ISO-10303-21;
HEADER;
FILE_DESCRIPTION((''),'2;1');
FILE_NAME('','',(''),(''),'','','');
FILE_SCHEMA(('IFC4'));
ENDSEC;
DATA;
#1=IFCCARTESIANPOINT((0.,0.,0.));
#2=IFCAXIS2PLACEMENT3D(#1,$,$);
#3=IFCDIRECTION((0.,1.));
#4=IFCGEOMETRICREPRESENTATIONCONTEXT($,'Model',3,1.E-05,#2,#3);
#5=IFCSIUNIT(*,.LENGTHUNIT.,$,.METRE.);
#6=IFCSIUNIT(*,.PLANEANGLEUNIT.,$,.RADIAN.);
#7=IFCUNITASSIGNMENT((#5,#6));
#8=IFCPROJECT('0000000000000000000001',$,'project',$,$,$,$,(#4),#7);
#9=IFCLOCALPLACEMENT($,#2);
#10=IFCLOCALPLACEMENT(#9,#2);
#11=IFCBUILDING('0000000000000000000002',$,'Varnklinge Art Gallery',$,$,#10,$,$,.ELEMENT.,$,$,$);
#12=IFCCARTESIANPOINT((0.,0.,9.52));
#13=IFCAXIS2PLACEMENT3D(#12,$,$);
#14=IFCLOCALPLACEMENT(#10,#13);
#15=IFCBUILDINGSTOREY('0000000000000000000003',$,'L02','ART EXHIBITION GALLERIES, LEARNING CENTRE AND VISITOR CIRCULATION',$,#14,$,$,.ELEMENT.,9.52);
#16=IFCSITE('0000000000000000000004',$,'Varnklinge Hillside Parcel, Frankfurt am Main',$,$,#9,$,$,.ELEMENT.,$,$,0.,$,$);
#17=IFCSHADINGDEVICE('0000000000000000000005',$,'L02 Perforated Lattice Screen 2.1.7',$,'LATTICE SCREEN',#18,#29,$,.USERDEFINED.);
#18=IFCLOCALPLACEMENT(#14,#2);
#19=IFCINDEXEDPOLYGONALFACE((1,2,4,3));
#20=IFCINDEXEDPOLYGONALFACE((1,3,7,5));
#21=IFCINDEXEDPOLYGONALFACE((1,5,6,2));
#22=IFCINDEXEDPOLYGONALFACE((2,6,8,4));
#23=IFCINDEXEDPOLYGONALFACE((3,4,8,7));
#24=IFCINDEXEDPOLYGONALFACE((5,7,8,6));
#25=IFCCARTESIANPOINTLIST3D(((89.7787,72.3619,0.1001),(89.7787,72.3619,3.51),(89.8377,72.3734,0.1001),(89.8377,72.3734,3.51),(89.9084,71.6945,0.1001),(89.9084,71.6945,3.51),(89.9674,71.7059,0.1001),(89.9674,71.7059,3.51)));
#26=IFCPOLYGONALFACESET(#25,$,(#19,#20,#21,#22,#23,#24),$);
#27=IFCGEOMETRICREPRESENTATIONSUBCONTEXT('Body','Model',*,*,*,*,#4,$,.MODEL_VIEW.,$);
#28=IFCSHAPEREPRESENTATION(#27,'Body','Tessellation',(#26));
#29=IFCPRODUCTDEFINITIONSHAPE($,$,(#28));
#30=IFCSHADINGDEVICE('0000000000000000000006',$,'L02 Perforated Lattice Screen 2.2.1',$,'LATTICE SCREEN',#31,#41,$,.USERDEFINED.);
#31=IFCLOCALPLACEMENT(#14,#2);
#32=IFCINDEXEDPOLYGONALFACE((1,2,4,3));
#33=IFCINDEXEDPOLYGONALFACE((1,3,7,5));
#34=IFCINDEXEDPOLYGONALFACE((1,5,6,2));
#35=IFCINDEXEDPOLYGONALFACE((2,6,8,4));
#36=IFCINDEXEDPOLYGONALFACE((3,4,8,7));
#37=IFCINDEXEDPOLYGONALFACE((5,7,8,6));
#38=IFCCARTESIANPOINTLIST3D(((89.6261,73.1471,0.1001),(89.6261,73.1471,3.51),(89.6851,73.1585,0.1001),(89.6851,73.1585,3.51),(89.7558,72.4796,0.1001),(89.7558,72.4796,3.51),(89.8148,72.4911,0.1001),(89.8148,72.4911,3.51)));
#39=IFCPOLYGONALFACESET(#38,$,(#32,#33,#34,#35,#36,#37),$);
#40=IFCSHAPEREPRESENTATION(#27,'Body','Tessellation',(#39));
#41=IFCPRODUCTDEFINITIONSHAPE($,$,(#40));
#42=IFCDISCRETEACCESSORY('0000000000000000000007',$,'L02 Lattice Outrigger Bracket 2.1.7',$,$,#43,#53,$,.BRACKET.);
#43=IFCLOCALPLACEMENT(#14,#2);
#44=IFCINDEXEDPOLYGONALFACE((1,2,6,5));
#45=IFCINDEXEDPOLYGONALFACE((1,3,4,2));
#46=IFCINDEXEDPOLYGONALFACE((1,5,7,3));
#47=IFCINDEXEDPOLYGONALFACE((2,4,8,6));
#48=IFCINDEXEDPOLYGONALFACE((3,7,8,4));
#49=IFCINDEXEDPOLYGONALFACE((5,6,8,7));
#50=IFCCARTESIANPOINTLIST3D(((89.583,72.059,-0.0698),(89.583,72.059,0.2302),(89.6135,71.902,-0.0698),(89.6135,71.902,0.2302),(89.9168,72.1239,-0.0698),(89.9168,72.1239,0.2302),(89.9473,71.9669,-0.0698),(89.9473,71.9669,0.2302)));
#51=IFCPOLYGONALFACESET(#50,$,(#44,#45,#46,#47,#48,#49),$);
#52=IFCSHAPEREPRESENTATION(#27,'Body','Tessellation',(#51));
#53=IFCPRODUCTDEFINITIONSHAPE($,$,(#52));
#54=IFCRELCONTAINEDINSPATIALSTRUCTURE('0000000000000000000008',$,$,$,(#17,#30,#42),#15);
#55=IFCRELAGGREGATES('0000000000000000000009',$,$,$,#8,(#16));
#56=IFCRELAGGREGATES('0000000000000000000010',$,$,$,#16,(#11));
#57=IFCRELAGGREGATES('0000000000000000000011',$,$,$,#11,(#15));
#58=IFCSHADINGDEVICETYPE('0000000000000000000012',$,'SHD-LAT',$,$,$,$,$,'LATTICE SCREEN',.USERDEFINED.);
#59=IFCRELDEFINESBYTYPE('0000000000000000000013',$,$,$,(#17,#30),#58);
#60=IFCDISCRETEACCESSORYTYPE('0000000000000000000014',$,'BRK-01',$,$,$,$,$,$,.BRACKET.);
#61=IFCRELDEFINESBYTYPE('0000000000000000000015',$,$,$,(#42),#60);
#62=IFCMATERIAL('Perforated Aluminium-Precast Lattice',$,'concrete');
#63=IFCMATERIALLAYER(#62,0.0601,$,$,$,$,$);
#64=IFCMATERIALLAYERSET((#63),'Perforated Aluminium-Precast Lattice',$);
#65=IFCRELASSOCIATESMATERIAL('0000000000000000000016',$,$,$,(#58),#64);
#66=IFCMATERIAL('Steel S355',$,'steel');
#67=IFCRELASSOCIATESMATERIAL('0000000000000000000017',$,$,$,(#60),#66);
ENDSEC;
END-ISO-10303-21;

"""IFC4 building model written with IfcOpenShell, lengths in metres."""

from ifc_helpers import new_model, si_unit, direction, frame, origin, origin_2d, place, context, subcontext, project, spatial, rectangle, extrude, material, layer, layer_set, type_object, element, save


model = new_model("IFC4")

# Units and contexts
model_context = context("Model", 3, precision=1e-05, world=origin(), true_north=direction((0.0, 1.0)))
body_context = subcontext(model_context, "Body", "Model", "MODEL_VIEW")
ifc_project = project(units=[si_unit("LENGTHUNIT", "METRE"), si_unit("PLANEANGLEUNIT", "RADIAN")], contexts=[model_context])

# Site, building, storey
site_placement = place(None, origin())
site = spatial("IfcSite", under=ifc_project, at=site_placement, Name="Varnklinge Hillside Parcel, Frankfurt am Main", CompositionType="ELEMENT", RefElevation=0.0)
building_placement = place(site_placement, origin())
building = spatial("IfcBuilding", under=site, at=building_placement, Name="Varnklinge Art Gallery", CompositionType="ELEMENT")
storey_placement = place(building_placement, frame((0.0, 0.0, 9.52)))
storey = spatial("IfcBuildingStorey", under=building, at=storey_placement, Name="L02", Description="ART EXHIBITION GALLERIES, LEARNING CENTRE AND VISITOR CIRCULATION", CompositionType="ELEMENT", Elevation=9.52)

# Shading devices
ifc_material_1 = material(Name="Perforated Aluminium-Precast Lattice", Category="concrete")
ifc_layer_1 = layer(ifc_material_1, 0.0601)
ifc_layer_set_1 = layer_set([ifc_layer_1], Name="Perforated Aluminium-Precast Lattice")
shading_device_type = type_object("IfcShadingDeviceType", Name="SHD-LAT", ElementType="LATTICE SCREEN", PredefinedType="USERDEFINED", material=ifc_layer_set_1)
for number, where, z_axis, x_axis, name in (
    (1, (89.873, 72.0339, 0.1001), (0.0, 0.0, 1.0), (-0.190809, 0.981627, 0.0), "L02 Perforated Lattice Screen 2.1.7"),
    (2, (89.7205, 72.8191, 0.1001), (0.0, 0.0, 1.0), (-0.190809, 0.981627, 0.0), "L02 Perforated Lattice Screen 2.2.1"),
):
    element("IfcShadingDevice", number, at=place(storey_placement, frame(where, z_axis=z_axis, x_axis=x_axis)), inside=storey, type_object=shading_device_type, Name=name, ObjectType="LATTICE SCREEN", PredefinedType="USERDEFINED", context=body_context, shape_type="SweptSolid", body=[
        extrude(rectangle(XDim=0.6799, YDim=0.0601, at=origin_2d()), origin(), (0.0, 0.0, 1.0), 3.4099),
    ])

# Discrete accessory
ifc_material_2 = material(Name="Steel S355", Category="steel")
discrete_accessory_type = type_object("IfcDiscreteAccessoryType", Name="BRK-01", PredefinedType="BRACKET", material=ifc_material_2)
discrete_accessory_placement = place(storey_placement, frame((89.7651, 72.0129, -0.0698), z_axis=(0.0, 0.0, 1.0), x_axis=(-0.190809, 0.981627, 0.0)))
element("IfcDiscreteAccessory", 3, at=discrete_accessory_placement, inside=storey, type_object=discrete_accessory_type, Name="L02 Lattice Outrigger Bracket 2.1.7", PredefinedType="BRACKET", context=body_context, shape_type="SweptSolid", body=[
    extrude(rectangle(XDim=0.1599, YDim=0.3401, at=origin_2d()), origin(), (0.0, 0.0, 1.0), 0.3),
])

save(model, "model.ifc")
